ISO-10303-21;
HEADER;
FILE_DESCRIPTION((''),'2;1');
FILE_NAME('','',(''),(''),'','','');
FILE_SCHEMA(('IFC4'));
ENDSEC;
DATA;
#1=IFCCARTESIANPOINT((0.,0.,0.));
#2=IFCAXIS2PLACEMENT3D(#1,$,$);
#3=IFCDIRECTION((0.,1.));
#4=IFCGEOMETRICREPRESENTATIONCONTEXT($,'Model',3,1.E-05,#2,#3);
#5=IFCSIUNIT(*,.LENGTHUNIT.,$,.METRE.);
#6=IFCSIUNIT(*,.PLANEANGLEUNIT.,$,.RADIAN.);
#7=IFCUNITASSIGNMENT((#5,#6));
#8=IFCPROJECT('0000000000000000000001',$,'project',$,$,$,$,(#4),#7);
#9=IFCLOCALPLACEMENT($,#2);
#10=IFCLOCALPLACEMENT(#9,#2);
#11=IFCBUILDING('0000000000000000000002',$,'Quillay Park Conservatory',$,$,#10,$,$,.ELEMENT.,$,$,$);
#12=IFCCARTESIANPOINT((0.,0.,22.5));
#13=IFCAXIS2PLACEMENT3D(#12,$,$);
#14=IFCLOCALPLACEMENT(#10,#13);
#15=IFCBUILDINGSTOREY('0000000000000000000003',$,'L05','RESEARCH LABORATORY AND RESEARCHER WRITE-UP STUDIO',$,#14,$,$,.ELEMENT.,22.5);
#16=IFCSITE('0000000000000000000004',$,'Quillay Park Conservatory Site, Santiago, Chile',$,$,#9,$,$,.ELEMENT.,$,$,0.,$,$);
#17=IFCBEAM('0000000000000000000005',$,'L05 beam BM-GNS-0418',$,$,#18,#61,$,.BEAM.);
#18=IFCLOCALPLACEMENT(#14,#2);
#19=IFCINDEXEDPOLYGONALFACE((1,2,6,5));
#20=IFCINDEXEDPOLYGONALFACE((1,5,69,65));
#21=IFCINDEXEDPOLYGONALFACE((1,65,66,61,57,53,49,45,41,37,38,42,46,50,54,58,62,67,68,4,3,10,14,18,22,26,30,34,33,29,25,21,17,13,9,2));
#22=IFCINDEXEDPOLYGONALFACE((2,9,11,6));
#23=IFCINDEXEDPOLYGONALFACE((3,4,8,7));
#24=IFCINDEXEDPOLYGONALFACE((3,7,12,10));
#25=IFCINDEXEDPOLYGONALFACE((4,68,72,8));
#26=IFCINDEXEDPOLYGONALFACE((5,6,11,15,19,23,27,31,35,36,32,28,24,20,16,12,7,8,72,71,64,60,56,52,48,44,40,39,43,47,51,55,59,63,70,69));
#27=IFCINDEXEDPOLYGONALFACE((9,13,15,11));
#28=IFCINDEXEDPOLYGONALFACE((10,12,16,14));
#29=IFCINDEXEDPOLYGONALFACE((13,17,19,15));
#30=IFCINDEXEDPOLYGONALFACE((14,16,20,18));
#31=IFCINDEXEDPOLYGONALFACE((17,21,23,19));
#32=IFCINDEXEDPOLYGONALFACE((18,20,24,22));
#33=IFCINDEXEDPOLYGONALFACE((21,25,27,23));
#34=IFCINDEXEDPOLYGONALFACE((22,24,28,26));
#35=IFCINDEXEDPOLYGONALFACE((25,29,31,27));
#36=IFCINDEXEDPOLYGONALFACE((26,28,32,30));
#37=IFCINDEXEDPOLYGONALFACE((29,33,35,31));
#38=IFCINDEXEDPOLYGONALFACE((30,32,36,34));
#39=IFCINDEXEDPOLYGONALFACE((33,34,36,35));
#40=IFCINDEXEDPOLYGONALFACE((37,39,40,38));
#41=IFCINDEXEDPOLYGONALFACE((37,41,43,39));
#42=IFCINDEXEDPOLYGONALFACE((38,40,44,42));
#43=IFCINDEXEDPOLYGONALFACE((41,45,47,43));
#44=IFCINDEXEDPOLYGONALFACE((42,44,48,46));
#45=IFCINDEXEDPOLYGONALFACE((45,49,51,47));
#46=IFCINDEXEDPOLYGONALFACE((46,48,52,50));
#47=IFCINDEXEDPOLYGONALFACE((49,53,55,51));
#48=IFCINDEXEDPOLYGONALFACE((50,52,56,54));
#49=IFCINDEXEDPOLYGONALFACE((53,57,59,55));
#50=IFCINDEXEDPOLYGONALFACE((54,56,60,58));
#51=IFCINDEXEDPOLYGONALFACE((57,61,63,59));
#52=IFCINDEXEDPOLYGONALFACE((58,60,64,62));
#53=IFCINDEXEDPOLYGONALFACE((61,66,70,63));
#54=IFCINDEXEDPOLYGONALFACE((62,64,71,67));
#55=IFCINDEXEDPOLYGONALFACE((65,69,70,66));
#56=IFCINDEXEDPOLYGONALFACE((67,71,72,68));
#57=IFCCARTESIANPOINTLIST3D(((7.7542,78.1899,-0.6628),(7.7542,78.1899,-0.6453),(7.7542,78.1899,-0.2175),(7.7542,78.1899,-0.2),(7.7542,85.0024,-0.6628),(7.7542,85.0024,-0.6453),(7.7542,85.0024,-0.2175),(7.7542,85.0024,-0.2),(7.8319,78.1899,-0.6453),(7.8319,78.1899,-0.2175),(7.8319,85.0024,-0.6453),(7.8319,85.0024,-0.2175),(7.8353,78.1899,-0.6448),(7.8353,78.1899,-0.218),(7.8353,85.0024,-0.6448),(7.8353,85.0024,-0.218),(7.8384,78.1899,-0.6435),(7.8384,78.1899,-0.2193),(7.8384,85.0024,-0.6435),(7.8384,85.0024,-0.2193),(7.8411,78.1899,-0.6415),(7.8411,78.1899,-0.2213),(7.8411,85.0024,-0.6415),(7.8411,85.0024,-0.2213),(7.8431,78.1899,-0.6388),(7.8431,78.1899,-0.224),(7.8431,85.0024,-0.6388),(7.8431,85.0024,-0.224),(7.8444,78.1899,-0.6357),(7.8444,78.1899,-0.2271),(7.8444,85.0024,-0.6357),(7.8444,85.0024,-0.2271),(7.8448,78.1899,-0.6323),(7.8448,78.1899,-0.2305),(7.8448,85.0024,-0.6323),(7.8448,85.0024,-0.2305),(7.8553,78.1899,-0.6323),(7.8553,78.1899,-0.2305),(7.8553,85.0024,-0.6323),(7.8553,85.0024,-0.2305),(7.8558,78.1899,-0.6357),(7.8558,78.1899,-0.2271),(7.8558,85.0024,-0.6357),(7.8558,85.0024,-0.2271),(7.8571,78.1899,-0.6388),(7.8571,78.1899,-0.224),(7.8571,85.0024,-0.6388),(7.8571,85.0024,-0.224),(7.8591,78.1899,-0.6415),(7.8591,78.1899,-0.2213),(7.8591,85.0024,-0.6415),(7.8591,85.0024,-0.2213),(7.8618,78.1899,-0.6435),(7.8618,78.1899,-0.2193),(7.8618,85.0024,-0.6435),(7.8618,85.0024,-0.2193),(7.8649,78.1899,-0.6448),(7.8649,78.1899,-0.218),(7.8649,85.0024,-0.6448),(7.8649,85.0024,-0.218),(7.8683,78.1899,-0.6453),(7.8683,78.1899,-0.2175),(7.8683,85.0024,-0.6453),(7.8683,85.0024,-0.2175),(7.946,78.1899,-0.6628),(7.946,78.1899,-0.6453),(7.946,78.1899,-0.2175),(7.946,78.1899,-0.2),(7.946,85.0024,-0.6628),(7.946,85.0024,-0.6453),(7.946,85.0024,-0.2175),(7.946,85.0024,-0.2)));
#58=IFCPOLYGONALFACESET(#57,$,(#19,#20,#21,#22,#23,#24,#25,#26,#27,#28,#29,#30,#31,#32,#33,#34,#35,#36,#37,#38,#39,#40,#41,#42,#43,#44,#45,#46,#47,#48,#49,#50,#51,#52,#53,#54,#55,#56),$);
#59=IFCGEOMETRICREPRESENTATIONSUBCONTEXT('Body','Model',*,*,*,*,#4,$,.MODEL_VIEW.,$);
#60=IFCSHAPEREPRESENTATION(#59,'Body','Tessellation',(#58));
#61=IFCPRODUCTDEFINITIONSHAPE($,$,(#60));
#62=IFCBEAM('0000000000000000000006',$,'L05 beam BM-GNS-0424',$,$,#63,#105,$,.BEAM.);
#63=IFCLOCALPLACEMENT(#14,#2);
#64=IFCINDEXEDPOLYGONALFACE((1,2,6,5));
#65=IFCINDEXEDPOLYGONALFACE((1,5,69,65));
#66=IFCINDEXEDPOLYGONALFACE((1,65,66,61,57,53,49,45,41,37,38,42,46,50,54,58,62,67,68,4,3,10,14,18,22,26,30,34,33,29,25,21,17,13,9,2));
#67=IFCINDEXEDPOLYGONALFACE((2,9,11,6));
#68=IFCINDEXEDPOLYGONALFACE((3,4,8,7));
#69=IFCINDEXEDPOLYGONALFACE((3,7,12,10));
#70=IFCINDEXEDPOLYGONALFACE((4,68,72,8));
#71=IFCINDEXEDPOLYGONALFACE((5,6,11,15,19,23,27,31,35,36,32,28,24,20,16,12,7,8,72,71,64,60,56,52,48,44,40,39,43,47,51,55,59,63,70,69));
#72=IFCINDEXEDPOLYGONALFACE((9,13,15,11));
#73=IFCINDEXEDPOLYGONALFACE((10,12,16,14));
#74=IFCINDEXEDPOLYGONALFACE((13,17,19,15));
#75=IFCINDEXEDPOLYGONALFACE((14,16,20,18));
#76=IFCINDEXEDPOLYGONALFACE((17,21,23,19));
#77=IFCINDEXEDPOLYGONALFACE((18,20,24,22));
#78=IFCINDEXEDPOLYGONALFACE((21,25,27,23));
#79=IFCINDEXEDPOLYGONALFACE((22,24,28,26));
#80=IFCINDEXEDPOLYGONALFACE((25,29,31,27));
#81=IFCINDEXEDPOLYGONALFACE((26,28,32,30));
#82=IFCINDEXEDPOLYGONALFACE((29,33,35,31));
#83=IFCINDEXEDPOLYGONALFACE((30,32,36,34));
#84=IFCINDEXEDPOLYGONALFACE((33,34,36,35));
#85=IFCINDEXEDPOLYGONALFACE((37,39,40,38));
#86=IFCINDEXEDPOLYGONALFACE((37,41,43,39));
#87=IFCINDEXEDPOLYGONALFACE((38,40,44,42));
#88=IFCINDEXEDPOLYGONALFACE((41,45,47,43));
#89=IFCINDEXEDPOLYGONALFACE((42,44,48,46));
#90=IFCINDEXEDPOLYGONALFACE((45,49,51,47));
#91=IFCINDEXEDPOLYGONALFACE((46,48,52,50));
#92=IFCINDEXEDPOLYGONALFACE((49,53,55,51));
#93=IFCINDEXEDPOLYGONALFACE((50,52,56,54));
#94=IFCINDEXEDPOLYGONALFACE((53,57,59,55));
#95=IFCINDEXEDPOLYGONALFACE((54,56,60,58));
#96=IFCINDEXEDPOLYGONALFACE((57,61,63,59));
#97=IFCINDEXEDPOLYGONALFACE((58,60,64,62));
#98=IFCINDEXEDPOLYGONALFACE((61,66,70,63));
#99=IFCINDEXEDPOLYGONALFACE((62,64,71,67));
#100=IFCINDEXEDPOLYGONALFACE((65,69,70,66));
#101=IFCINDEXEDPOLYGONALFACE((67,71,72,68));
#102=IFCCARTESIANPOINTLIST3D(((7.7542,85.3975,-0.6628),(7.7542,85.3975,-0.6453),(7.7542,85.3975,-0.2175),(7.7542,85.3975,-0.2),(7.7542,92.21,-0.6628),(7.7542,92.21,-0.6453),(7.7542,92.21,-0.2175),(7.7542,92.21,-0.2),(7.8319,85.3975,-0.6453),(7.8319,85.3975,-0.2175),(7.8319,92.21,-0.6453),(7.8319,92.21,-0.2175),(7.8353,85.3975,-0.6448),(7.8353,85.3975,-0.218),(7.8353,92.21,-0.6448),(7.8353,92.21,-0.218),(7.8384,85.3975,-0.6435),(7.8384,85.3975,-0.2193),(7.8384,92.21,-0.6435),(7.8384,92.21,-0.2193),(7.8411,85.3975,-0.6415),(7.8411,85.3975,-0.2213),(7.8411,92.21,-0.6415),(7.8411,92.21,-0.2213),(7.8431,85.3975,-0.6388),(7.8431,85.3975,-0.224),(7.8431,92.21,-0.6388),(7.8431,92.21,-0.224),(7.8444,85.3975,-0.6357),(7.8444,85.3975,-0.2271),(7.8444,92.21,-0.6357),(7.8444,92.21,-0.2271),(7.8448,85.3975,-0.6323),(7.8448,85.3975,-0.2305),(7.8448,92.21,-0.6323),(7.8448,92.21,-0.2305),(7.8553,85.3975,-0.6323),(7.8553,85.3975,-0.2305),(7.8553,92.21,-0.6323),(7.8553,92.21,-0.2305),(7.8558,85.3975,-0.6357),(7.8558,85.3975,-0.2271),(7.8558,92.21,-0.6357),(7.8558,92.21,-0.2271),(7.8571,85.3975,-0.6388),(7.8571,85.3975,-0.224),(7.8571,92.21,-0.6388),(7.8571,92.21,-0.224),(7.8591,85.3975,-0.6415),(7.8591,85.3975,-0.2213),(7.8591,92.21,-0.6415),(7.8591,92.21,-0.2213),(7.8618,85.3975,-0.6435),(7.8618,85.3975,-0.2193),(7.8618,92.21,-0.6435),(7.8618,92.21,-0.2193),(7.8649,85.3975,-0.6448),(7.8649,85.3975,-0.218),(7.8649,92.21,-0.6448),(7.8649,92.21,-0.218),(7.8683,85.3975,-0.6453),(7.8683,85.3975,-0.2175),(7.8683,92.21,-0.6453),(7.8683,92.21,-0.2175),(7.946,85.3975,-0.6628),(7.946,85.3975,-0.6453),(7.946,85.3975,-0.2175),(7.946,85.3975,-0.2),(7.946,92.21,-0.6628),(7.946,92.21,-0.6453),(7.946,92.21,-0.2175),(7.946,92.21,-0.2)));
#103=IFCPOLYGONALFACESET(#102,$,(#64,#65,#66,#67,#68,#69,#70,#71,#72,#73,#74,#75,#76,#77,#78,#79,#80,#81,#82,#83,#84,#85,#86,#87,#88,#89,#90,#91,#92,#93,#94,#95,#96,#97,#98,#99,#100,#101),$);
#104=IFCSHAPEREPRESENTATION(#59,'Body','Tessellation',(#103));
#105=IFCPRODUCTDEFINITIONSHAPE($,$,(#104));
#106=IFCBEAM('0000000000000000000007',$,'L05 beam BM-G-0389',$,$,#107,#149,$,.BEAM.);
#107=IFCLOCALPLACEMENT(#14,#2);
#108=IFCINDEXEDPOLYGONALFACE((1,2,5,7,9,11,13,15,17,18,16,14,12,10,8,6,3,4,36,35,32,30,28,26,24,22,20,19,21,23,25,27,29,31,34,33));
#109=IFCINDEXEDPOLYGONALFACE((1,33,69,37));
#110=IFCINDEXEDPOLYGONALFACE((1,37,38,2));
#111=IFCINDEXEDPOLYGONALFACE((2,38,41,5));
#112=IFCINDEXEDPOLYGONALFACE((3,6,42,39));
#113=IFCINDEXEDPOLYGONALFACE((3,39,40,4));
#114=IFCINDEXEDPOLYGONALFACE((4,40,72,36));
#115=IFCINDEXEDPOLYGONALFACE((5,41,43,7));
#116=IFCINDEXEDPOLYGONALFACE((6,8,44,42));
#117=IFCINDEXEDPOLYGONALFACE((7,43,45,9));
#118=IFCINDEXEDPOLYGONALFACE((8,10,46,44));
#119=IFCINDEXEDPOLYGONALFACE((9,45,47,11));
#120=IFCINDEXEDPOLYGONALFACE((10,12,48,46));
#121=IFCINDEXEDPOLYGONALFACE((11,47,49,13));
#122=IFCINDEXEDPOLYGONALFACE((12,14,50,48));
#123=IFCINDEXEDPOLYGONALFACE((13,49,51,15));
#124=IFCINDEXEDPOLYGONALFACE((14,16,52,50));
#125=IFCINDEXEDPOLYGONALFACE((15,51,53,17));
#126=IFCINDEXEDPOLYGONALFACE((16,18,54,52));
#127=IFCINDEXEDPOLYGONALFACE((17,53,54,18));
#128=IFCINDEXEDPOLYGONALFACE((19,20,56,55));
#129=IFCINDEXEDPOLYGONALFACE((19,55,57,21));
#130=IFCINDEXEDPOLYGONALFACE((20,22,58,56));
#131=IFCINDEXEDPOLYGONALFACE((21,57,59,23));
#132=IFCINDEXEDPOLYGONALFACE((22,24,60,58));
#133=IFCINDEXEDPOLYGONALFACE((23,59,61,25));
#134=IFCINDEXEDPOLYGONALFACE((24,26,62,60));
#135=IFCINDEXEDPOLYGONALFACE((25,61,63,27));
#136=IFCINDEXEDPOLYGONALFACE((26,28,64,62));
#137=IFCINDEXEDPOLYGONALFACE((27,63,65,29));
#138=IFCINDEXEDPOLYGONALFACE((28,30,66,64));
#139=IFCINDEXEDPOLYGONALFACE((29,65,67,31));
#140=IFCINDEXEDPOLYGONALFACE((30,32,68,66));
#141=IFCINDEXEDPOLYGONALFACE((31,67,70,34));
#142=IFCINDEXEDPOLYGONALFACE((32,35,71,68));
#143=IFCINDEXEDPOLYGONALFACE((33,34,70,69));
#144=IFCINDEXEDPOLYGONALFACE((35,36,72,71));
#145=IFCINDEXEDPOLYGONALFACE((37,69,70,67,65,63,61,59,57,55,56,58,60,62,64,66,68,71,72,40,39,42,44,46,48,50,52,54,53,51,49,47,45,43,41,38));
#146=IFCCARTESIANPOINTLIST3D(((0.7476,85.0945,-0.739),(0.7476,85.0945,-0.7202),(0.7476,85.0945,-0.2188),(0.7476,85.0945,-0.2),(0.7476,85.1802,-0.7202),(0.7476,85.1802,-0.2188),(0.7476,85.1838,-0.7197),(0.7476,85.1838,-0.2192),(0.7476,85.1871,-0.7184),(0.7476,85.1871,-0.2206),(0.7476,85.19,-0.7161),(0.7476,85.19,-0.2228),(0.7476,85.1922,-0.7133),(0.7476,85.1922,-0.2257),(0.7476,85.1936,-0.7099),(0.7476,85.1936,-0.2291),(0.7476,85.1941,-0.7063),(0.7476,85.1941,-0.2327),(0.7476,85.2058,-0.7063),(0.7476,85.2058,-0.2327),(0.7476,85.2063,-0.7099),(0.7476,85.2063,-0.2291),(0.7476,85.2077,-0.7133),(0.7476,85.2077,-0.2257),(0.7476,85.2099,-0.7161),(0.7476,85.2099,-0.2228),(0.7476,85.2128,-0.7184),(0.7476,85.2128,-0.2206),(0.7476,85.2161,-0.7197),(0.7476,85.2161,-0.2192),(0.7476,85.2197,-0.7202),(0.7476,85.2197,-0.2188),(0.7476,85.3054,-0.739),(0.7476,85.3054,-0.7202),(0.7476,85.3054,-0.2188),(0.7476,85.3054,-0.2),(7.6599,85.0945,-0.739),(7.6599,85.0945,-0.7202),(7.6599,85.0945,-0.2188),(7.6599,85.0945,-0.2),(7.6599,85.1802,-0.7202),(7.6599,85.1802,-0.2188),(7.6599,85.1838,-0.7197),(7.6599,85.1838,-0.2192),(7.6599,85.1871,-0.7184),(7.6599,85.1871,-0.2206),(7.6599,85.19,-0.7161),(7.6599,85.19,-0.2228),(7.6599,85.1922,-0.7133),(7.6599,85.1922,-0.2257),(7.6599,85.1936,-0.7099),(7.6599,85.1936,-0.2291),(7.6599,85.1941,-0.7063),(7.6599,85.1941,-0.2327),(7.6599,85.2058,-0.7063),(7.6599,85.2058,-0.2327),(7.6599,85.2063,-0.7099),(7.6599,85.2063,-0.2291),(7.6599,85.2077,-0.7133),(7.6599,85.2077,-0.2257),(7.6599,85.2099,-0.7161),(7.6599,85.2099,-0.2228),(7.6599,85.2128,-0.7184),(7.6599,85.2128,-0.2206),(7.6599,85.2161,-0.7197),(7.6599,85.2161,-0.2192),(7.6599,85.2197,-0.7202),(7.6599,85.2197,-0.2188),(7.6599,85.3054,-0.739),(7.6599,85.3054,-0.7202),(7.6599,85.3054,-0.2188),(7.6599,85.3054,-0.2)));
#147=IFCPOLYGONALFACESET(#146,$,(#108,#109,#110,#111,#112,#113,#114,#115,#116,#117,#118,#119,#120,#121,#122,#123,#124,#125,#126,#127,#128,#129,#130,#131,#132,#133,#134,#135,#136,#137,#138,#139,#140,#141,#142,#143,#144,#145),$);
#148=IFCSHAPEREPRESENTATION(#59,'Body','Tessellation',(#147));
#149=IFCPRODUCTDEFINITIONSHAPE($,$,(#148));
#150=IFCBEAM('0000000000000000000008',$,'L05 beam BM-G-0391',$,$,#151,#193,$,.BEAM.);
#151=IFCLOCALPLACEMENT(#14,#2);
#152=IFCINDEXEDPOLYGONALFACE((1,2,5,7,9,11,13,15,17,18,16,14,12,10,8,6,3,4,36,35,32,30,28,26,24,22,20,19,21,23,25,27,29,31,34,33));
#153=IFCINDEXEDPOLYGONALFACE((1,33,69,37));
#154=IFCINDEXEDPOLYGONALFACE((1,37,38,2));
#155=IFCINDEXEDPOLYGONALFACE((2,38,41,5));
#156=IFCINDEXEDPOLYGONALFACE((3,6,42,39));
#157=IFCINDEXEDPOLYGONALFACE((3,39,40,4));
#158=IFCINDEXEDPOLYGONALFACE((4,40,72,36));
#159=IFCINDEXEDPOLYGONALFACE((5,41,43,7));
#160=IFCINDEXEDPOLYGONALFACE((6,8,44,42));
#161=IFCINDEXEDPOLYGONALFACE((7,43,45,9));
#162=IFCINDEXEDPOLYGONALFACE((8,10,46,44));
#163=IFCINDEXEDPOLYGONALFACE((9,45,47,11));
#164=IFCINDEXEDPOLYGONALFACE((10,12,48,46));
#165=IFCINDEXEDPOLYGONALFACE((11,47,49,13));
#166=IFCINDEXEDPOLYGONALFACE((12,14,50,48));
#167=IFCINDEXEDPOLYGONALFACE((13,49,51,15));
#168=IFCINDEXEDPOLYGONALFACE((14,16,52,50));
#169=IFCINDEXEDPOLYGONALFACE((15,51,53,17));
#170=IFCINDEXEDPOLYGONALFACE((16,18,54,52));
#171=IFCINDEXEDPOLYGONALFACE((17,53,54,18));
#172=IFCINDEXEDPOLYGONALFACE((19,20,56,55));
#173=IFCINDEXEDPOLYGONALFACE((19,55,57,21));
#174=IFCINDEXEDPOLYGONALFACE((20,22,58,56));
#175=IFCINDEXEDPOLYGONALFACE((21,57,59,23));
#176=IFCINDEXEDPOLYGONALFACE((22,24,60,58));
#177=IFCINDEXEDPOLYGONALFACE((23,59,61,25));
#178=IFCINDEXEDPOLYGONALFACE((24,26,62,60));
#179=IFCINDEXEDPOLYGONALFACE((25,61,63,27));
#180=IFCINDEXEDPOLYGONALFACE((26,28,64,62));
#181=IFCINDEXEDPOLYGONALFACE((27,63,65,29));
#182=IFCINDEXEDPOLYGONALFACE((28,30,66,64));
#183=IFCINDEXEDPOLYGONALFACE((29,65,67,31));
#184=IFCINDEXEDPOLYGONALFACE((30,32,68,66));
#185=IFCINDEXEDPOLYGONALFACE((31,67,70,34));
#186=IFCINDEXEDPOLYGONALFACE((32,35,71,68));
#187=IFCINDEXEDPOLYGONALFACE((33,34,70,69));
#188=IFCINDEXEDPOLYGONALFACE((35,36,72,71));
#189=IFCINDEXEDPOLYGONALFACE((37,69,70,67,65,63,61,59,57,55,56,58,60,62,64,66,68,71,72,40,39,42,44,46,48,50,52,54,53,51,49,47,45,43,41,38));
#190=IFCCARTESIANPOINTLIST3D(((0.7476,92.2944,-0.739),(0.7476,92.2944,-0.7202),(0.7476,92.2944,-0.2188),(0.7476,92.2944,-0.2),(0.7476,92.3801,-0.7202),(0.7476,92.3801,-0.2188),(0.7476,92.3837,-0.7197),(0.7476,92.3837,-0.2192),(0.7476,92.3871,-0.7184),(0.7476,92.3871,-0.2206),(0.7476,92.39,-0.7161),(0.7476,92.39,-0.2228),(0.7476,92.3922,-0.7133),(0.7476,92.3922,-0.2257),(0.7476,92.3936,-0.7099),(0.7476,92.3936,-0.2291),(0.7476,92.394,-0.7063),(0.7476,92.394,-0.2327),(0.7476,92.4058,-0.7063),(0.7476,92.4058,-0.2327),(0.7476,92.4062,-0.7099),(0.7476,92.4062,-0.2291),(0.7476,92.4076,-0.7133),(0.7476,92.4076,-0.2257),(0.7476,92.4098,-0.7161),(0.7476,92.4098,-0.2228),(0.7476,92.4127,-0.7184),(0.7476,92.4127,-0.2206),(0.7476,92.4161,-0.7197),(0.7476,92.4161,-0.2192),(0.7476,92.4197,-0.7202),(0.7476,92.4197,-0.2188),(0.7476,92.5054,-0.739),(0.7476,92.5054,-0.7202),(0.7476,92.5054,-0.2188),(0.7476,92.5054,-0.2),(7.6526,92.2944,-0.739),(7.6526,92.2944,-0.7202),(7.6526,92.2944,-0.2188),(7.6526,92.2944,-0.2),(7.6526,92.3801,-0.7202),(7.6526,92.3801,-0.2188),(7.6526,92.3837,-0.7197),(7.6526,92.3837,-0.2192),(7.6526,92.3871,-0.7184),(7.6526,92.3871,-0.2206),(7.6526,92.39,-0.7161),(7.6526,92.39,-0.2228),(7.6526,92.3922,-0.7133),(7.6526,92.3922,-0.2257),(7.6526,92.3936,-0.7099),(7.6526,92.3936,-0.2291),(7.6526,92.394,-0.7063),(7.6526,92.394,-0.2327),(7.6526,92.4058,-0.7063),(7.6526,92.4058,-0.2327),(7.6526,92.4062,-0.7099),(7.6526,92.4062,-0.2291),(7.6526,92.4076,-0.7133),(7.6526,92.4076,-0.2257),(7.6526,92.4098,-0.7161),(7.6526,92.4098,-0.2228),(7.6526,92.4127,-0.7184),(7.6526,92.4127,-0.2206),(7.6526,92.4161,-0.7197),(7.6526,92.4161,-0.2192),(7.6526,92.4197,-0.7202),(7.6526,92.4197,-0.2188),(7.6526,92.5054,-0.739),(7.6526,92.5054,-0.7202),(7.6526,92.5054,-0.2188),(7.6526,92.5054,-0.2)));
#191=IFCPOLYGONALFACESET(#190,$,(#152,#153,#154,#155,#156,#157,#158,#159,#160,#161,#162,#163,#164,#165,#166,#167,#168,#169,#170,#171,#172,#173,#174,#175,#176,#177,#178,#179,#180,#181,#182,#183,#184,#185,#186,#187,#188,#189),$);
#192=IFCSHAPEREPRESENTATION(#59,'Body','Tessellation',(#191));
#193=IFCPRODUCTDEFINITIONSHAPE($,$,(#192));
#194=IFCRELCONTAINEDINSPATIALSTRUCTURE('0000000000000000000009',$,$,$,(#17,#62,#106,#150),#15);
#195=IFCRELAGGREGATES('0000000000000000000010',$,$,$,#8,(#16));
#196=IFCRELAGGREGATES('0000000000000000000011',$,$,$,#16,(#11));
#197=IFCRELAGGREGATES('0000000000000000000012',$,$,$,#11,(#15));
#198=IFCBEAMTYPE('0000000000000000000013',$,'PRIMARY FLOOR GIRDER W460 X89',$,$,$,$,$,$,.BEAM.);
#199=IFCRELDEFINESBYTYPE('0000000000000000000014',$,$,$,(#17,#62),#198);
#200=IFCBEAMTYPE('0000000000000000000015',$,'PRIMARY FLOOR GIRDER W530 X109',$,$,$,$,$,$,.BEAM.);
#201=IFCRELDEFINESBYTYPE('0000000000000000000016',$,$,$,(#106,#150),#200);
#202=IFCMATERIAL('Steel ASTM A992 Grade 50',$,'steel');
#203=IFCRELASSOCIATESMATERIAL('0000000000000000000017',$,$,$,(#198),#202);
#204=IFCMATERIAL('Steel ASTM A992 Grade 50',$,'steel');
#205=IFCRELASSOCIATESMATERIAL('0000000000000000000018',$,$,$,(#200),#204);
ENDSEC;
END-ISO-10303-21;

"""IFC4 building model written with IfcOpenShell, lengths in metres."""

from ifc_helpers import new_model, si_unit, direction, frame, origin, origin_2d, place, context, subcontext, project, spatial, i_section, extrude, material, material_profile, profile_set, type_object, element, save


model = new_model("IFC4")

# Units and contexts
model_context = context("Model", 3, precision=1e-05, world=origin(), true_north=direction((0.0, 1.0)))
body_context = subcontext(model_context, "Body", "Model", "MODEL_VIEW")
ifc_project = project(units=[si_unit("LENGTHUNIT", "METRE"), si_unit("PLANEANGLEUNIT", "RADIAN")], contexts=[model_context])

# Site, building, storey
site_placement = place(None, origin())
site = spatial("IfcSite", under=ifc_project, at=site_placement, Name="Quillay Park Conservatory Site, Santiago, Chile", CompositionType="ELEMENT", RefElevation=0.0)
building_placement = place(site_placement, origin())
building = spatial("IfcBuilding", under=site, at=building_placement, Name="Quillay Park Conservatory", CompositionType="ELEMENT")
storey_placement = place(building_placement, frame((0.0, 0.0, 22.5)))
storey = spatial("IfcBuildingStorey", under=building, at=storey_placement, Name="L05", Description="RESEARCH LABORATORY AND RESEARCHER WRITE-UP STUDIO", CompositionType="ELEMENT", Elevation=22.5)

# Beams
ifc_material_1 = material(Name="Steel ASTM A992 Grade 50", Category="steel")
ifc_material_profile_1 = material_profile(ifc_material_1, i_section(OverallWidth=0.1919, OverallDepth=0.4629, WebThickness=0.0105, FlangeThickness=0.0176, FilletRadius=0.0129, at=origin_2d()), Name="W460x89")
ifc_profile_set_1 = profile_set([ifc_material_profile_1], Name="Steel ASTM A992 Grade 50")
beam_type_1 = type_object("IfcBeamType", Name="PRIMARY FLOOR GIRDER W460 X89", PredefinedType="BEAM", material=ifc_profile_set_1)
for number, where, z_axis, x_axis, name in (
    (1, (7.8501, 78.1899, -0.4314), (0.0, 1.0, 0.0), (-1.0, 0.0, 0.0), "L05 beam BM-GNS-0418"),
    (2, (7.8501, 85.3975, -0.4314), (0.0, 1.0, 0.0), (-1.0, 0.0, 0.0), "L05 beam BM-GNS-0424"),
):
    element("IfcBeam", number, at=place(storey_placement, frame(where, z_axis=z_axis, x_axis=x_axis)), inside=storey, type_object=beam_type_1, Name=name, PredefinedType="BEAM", context=body_context, shape_type="SweptSolid", body=[
        extrude(i_section(OverallWidth=0.1919, OverallDepth=0.4629, WebThickness=0.0105, FlangeThickness=0.0176, FilletRadius=0.0129, at=origin_2d()), origin(), (0.0, 0.0, 1.0), 6.8125),
    ])
ifc_material_2 = material(Name="Steel ASTM A992 Grade 50", Category="steel")
ifc_material_profile_2 = material_profile(ifc_material_2, i_section(OverallWidth=0.2109, OverallDepth=0.5391, WebThickness=0.0117, FlangeThickness=0.0188, FilletRadius=0.0139, at=origin_2d()), Name="W530x109")
ifc_profile_set_2 = profile_set([ifc_material_profile_2], Name="Steel ASTM A992 Grade 50")
beam_type_2 = type_object("IfcBeamType", Name="PRIMARY FLOOR GIRDER W530 X109", PredefinedType="BEAM", material=ifc_profile_set_2)
beam_1_placement = place(storey_placement, frame((0.7476, 85.2, -0.4695), z_axis=(1.0, 0.0, 0.0), x_axis=(0.0, 1.0, 0.0)))
element("IfcBeam", 3, at=beam_1_placement, inside=storey, type_object=beam_type_2, Name="L05 beam BM-G-0389", PredefinedType="BEAM", context=body_context, shape_type="SweptSolid", body=[
    extrude(i_section(OverallWidth=0.2109, OverallDepth=0.5391, WebThickness=0.0117, FlangeThickness=0.0188, FilletRadius=0.0139, at=origin_2d()), origin(), (0.0, 0.0, 1.0), 6.9124),
])
beam_2_placement = place(storey_placement, frame((0.7476, 92.3999, -0.4695), z_axis=(1.0, 0.0, 0.0), x_axis=(0.0, 1.0, 0.0)))
element("IfcBeam", 4, at=beam_2_placement, inside=storey, type_object=beam_type_2, Name="L05 beam BM-G-0391", PredefinedType="BEAM", context=body_context, shape_type="SweptSolid", body=[
    extrude(i_section(OverallWidth=0.2109, OverallDepth=0.5391, WebThickness=0.0117, FlangeThickness=0.0188, FilletRadius=0.0139, at=origin_2d()), origin(), (0.0, 0.0, 1.0), 6.905),
])

save(model, "model.ifc")
